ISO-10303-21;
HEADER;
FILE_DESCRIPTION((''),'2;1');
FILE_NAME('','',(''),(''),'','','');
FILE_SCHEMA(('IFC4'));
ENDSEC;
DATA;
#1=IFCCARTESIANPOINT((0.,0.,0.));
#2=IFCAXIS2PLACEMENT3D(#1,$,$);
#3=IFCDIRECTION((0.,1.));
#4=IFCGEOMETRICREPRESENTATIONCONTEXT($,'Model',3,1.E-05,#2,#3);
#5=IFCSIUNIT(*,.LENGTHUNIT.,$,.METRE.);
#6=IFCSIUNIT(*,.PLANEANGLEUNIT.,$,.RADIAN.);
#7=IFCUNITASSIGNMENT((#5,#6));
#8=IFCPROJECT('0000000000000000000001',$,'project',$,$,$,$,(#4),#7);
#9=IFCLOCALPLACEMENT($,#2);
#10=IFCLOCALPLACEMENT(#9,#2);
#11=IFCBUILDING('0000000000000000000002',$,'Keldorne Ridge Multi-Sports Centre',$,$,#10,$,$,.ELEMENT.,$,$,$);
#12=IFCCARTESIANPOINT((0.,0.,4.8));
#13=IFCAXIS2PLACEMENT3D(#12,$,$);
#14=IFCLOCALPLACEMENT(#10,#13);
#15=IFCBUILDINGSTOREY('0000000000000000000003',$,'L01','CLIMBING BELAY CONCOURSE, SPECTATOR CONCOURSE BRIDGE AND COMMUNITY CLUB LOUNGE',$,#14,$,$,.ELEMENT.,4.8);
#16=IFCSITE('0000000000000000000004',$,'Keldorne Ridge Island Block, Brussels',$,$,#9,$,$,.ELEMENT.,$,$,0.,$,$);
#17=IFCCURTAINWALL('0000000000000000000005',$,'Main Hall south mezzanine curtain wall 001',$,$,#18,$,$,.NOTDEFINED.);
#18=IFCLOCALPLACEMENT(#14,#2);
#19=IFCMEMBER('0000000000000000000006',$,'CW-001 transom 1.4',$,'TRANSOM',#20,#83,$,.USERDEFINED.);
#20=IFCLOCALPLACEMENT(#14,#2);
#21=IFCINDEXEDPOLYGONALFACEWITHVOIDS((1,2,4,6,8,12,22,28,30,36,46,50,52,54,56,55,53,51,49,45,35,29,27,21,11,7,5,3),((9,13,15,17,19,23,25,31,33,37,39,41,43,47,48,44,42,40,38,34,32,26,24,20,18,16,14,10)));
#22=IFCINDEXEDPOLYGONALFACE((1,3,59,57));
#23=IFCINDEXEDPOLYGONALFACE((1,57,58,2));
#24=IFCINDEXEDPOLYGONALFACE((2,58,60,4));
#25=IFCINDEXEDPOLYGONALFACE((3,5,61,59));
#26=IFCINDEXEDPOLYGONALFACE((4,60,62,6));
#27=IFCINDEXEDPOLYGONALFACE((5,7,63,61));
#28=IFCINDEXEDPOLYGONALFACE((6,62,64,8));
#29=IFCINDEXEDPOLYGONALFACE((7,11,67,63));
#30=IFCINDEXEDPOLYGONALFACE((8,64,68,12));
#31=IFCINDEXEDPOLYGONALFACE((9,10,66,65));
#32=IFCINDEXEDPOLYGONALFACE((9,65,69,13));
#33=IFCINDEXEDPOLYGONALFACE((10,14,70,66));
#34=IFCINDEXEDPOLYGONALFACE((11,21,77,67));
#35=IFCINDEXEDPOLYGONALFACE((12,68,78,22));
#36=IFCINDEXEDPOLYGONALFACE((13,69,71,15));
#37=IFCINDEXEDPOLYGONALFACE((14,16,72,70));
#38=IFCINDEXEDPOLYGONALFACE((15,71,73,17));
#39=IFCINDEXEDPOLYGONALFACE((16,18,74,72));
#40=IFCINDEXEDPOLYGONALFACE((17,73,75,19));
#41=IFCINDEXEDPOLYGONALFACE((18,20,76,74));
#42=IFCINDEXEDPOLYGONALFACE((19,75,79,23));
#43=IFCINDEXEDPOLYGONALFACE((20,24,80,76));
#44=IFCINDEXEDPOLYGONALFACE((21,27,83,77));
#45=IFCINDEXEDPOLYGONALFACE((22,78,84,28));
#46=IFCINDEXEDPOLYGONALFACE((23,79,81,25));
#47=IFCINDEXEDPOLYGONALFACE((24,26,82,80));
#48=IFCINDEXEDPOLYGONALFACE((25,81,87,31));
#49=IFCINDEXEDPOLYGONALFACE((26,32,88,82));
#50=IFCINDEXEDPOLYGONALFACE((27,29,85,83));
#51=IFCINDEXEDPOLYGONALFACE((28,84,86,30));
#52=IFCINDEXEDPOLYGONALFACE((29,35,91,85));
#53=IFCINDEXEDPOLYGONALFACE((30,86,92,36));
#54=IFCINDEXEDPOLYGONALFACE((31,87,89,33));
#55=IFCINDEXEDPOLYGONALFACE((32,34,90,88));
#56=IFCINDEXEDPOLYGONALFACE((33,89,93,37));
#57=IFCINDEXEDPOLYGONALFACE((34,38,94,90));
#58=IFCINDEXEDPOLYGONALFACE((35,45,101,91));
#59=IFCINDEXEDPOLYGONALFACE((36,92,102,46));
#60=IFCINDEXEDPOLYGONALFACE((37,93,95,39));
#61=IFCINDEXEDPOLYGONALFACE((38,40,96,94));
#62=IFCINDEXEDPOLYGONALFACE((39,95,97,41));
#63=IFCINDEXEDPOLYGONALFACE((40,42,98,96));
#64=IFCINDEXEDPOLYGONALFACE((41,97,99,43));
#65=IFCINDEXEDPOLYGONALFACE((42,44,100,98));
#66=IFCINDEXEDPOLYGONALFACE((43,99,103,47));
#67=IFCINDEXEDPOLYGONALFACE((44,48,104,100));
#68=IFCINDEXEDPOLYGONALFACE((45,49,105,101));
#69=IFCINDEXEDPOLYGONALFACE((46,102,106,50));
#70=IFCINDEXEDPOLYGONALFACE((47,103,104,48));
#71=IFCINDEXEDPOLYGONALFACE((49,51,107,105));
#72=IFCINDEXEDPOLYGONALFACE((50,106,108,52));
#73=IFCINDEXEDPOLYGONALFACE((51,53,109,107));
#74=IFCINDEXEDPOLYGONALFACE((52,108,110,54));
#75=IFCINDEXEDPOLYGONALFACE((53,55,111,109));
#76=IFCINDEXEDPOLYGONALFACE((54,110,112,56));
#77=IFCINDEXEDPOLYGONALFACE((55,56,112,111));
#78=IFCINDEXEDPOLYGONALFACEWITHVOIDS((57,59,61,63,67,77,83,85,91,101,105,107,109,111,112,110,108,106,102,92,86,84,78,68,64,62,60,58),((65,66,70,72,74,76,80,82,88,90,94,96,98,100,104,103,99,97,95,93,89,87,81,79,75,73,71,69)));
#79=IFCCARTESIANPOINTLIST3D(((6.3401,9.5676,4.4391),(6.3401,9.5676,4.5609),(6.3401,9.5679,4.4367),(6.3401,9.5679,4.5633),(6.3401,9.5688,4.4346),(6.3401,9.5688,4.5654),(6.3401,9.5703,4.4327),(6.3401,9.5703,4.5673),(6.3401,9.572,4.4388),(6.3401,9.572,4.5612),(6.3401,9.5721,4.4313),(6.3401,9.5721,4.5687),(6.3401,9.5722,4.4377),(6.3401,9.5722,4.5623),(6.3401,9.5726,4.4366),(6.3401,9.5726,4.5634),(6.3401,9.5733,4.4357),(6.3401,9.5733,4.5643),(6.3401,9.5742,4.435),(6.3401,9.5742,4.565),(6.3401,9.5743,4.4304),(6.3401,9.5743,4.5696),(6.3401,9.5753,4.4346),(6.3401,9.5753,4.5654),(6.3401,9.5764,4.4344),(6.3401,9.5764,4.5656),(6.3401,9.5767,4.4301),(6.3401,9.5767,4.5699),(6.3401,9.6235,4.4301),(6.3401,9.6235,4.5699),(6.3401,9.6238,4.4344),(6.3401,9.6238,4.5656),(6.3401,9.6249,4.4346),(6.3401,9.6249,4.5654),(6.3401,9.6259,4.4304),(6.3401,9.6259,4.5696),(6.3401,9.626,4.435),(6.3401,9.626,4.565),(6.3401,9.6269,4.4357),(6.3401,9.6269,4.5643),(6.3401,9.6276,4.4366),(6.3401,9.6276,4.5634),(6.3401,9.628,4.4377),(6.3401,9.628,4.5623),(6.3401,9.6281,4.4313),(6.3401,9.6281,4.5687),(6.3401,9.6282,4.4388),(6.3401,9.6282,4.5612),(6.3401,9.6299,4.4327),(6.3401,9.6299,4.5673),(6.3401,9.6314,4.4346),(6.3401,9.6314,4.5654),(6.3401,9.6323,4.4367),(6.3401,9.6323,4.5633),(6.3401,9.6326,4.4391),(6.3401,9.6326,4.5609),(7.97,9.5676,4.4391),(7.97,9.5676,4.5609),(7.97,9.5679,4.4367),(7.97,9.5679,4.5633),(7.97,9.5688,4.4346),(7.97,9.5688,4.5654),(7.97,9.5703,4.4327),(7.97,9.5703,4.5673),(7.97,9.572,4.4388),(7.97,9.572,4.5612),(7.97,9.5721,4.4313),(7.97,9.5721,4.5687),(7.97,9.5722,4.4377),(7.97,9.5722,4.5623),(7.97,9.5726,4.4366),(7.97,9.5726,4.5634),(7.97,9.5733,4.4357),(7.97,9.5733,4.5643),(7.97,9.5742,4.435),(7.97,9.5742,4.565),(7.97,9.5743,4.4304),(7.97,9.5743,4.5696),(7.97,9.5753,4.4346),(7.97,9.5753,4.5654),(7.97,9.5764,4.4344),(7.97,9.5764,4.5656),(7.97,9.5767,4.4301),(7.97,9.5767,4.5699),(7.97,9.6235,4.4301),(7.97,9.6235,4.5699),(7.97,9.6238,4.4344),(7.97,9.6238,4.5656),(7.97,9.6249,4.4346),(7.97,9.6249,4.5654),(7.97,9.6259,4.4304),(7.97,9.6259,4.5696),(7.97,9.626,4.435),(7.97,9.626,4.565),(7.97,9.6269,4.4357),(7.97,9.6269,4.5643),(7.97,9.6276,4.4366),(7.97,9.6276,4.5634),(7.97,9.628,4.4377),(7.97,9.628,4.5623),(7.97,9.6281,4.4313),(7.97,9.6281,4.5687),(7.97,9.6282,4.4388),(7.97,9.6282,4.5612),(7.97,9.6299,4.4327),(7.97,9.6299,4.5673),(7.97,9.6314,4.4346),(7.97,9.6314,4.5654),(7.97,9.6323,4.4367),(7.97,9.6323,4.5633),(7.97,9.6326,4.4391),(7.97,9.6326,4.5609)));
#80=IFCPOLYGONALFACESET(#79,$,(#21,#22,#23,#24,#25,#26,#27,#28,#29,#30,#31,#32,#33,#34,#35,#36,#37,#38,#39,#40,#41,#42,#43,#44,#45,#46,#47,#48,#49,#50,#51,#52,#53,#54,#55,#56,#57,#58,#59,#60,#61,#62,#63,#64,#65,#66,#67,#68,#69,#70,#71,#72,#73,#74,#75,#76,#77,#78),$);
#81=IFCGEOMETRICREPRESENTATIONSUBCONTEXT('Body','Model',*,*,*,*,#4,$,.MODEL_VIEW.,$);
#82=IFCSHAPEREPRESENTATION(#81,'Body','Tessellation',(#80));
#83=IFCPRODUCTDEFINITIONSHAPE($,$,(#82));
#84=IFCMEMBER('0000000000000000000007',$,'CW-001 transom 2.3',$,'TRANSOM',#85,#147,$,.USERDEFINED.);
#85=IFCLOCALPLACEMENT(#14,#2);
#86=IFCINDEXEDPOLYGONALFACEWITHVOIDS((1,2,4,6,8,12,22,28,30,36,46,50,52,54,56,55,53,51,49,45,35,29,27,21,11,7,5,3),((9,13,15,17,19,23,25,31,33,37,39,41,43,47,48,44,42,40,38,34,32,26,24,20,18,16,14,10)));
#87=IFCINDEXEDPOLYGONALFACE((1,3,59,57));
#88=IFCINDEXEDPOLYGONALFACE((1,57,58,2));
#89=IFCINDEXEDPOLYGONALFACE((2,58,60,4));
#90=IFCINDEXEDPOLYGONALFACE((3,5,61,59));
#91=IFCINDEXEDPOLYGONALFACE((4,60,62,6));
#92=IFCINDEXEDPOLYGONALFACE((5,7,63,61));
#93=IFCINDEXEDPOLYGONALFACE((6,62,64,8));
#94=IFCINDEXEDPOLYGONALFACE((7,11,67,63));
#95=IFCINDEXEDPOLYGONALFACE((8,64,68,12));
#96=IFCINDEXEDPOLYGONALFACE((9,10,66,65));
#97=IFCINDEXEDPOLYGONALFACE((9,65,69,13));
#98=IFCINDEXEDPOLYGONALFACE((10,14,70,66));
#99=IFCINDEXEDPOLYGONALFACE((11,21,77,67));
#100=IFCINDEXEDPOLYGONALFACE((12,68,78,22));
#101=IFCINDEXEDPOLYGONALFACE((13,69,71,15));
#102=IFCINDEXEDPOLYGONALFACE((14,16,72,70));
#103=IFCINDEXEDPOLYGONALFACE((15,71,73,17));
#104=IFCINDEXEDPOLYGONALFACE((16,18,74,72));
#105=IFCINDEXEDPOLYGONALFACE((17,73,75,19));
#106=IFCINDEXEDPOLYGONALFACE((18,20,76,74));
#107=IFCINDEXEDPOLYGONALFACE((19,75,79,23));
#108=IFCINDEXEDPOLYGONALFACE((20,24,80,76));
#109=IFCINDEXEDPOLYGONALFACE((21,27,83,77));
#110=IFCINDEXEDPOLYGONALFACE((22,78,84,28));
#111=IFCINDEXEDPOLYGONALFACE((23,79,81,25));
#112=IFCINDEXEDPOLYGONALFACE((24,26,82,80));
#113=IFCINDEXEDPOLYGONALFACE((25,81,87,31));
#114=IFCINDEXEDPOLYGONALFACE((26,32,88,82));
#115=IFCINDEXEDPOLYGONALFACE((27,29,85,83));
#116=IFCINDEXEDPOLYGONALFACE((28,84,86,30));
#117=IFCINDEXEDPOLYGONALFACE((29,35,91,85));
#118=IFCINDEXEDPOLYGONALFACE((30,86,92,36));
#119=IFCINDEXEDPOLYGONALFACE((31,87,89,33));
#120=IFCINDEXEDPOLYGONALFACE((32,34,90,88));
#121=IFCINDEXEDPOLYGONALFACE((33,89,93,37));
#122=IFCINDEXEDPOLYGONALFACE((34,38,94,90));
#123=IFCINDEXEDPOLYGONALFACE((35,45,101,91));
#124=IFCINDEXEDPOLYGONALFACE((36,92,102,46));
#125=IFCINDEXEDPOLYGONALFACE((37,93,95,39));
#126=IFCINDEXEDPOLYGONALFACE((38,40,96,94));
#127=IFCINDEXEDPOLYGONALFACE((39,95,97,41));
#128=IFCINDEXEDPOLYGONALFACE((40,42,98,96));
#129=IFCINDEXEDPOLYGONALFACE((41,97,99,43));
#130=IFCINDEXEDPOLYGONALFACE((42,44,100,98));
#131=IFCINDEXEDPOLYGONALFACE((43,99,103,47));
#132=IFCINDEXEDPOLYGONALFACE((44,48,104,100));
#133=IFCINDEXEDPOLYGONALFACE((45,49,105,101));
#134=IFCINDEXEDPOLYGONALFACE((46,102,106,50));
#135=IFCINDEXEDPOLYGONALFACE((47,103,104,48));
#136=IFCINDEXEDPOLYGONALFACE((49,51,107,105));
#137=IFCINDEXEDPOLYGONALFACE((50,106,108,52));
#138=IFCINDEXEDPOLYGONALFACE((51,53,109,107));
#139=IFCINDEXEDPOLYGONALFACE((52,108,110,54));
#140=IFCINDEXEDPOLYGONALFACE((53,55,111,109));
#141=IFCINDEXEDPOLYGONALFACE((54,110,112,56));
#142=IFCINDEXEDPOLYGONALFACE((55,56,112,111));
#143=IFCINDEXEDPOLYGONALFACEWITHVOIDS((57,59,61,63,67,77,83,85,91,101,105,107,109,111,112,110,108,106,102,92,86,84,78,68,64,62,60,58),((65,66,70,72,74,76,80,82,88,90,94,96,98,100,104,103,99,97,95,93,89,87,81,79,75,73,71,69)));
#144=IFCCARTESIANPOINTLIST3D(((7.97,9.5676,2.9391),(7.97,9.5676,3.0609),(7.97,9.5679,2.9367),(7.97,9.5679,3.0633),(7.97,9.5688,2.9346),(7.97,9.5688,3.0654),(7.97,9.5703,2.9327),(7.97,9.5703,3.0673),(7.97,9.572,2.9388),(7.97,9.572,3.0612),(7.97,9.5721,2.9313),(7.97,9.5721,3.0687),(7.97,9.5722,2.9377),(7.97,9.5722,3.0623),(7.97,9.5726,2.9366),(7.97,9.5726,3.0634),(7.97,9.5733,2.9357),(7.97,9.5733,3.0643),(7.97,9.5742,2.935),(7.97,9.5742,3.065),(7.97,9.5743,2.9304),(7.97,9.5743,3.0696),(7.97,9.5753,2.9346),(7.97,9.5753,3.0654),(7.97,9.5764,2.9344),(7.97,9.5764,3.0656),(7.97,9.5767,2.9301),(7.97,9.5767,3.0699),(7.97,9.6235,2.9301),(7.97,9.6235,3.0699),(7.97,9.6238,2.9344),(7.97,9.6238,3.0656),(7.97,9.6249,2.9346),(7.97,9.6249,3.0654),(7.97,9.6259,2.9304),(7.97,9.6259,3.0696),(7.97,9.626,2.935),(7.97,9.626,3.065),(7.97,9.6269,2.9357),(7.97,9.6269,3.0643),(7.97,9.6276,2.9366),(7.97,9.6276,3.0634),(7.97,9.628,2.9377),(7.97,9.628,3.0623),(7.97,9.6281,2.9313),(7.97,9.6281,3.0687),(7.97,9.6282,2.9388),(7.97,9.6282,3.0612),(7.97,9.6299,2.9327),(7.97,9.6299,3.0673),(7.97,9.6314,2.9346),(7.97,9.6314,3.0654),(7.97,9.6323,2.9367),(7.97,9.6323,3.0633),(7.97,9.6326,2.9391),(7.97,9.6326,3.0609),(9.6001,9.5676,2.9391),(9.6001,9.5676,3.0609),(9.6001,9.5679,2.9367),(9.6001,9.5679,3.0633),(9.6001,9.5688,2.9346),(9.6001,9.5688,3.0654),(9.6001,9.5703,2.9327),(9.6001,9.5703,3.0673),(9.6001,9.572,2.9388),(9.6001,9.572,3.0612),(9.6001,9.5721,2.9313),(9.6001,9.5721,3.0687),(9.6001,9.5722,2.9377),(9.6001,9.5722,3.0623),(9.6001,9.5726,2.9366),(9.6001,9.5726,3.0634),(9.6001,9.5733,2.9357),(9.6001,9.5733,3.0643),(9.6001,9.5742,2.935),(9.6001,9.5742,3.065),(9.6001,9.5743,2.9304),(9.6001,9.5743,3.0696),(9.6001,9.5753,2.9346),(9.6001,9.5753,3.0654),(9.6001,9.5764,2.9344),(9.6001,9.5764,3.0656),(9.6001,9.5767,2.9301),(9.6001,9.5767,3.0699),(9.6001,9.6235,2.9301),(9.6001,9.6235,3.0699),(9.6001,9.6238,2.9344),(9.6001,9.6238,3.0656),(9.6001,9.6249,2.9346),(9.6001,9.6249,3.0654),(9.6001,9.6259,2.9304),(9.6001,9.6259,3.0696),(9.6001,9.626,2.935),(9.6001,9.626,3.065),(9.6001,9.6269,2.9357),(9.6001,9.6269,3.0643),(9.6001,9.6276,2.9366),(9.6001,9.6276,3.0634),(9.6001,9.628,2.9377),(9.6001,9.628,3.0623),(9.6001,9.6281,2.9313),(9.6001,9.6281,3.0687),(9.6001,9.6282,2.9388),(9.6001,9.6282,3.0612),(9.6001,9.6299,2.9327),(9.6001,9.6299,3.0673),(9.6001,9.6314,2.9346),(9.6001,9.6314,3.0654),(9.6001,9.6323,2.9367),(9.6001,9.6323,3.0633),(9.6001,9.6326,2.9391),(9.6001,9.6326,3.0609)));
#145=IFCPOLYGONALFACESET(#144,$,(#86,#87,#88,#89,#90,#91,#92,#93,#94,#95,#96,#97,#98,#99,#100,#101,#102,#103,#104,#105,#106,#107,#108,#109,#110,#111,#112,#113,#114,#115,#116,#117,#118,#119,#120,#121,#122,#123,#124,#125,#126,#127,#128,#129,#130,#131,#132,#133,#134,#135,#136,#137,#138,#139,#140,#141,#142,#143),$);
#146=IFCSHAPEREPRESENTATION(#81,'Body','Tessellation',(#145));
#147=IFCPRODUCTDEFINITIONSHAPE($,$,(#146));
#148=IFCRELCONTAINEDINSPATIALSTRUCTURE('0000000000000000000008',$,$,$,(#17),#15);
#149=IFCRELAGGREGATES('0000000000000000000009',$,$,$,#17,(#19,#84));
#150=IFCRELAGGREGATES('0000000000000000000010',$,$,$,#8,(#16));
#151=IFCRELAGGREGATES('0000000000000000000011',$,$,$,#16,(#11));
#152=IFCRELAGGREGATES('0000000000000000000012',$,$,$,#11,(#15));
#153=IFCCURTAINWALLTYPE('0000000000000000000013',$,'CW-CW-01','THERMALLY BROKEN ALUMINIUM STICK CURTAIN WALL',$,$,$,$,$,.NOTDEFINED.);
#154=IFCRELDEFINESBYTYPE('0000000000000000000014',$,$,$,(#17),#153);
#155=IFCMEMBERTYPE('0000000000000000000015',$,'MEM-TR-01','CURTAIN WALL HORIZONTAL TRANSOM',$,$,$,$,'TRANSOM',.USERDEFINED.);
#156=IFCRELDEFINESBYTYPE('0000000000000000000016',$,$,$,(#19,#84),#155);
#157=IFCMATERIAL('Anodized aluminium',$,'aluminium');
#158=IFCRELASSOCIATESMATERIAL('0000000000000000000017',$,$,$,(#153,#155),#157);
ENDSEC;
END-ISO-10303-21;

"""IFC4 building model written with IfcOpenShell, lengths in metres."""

from ifc_helpers import new_model, si_unit, direction, frame, origin, origin_2d, place, context, subcontext, project, spatial, hollow_rectangle, extrude, material, material_profile, profile_set, type_object, element, aggregate, save


model = new_model("IFC4")

# Units and contexts
model_context = context("Model", 3, precision=1e-05, world=origin(), true_north=direction((0.0, 1.0)))
body_context = subcontext(model_context, "Body", "Model", "MODEL_VIEW")
ifc_project = project(units=[si_unit("LENGTHUNIT", "METRE"), si_unit("PLANEANGLEUNIT", "RADIAN")], contexts=[model_context])

# Site, building, storey
site_placement = place(None, origin())
site = spatial("IfcSite", under=ifc_project, at=site_placement, Name="Keldorne Ridge Island Block, Brussels", CompositionType="ELEMENT", RefElevation=0.0)
building_placement = place(site_placement, origin())
building = spatial("IfcBuilding", under=site, at=building_placement, Name="Keldorne Ridge Multi-Sports Centre", CompositionType="ELEMENT")
storey_placement = place(building_placement, frame((0.0, 0.0, 4.8)))
storey = spatial("IfcBuildingStorey", under=building, at=storey_placement, Name="L01", Description="CLIMBING BELAY CONCOURSE, SPECTATOR CONCOURSE BRIDGE AND COMMUNITY CLUB LOUNGE", CompositionType="ELEMENT", Elevation=4.8)

# Curtain wall, members
ifc_material_1 = material(Name="Anodized aluminium", Category="aluminium")
curtain_wall_type = type_object("IfcCurtainWallType", Name="CW-CW-01", Description="THERMALLY BROKEN ALUMINIUM STICK CURTAIN WALL", PredefinedType="NOTDEFINED", material=ifc_material_1)
curtain_wall_placement = place(storey_placement, origin())
curtain_wall = element("IfcCurtainWall", 1, at=curtain_wall_placement, inside=storey, type_object=curtain_wall_type, Name="Main Hall south mezzanine curtain wall 001", PredefinedType="NOTDEFINED")
ifc_material_profile_1 = material_profile(ifc_material_1, hollow_rectangle(XDim=0.0649, YDim=0.1399, WallThickness=0.0044, InnerFilletRadius=0.0044, OuterFilletRadius=0.009, at=origin_2d()), Name="ALU TRANSOM 140x65x4.5")
ifc_profile_set_1 = profile_set([ifc_material_profile_1], Name="Anodized aluminium")
member_type = type_object("IfcMemberType", Name="MEM-TR-01", Description="CURTAIN WALL HORIZONTAL TRANSOM", ElementType="TRANSOM", PredefinedType="USERDEFINED", material=ifc_profile_set_1)
member_1_placement = place(storey_placement, frame((6.3401, 9.6001, 4.5), z_axis=(1.0, 0.0, 0.0), x_axis=(0.0, 1.0, 0.0)))
member_1 = element("IfcMember", 2, at=member_1_placement, type_object=member_type, Name="CW-001 transom 1.4", ObjectType="TRANSOM", PredefinedType="USERDEFINED", context=body_context, shape_type="SweptSolid", body=[
    extrude(hollow_rectangle(XDim=0.0649, YDim=0.1399, WallThickness=0.0044, InnerFilletRadius=0.0044, OuterFilletRadius=0.009, at=origin_2d()), origin(), (0.0, 0.0, 1.0), 1.6299),
])
member_2_placement = place(storey_placement, frame((7.97, 9.6001, 3.0), z_axis=(1.0, 0.0, 0.0), x_axis=(0.0, 1.0, 0.0)))
member_2 = element("IfcMember", 3, at=member_2_placement, type_object=member_type, Name="CW-001 transom 2.3", ObjectType="TRANSOM", PredefinedType="USERDEFINED", context=body_context, shape_type="SweptSolid", body=[
    extrude(hollow_rectangle(XDim=0.0649, YDim=0.1399, WallThickness=0.0044, InnerFilletRadius=0.0044, OuterFilletRadius=0.009, at=origin_2d()), origin(), (0.0, 0.0, 1.0), 1.6301),
])
aggregate(curtain_wall, [member_1, member_2])

save(model, "model.ifc")
